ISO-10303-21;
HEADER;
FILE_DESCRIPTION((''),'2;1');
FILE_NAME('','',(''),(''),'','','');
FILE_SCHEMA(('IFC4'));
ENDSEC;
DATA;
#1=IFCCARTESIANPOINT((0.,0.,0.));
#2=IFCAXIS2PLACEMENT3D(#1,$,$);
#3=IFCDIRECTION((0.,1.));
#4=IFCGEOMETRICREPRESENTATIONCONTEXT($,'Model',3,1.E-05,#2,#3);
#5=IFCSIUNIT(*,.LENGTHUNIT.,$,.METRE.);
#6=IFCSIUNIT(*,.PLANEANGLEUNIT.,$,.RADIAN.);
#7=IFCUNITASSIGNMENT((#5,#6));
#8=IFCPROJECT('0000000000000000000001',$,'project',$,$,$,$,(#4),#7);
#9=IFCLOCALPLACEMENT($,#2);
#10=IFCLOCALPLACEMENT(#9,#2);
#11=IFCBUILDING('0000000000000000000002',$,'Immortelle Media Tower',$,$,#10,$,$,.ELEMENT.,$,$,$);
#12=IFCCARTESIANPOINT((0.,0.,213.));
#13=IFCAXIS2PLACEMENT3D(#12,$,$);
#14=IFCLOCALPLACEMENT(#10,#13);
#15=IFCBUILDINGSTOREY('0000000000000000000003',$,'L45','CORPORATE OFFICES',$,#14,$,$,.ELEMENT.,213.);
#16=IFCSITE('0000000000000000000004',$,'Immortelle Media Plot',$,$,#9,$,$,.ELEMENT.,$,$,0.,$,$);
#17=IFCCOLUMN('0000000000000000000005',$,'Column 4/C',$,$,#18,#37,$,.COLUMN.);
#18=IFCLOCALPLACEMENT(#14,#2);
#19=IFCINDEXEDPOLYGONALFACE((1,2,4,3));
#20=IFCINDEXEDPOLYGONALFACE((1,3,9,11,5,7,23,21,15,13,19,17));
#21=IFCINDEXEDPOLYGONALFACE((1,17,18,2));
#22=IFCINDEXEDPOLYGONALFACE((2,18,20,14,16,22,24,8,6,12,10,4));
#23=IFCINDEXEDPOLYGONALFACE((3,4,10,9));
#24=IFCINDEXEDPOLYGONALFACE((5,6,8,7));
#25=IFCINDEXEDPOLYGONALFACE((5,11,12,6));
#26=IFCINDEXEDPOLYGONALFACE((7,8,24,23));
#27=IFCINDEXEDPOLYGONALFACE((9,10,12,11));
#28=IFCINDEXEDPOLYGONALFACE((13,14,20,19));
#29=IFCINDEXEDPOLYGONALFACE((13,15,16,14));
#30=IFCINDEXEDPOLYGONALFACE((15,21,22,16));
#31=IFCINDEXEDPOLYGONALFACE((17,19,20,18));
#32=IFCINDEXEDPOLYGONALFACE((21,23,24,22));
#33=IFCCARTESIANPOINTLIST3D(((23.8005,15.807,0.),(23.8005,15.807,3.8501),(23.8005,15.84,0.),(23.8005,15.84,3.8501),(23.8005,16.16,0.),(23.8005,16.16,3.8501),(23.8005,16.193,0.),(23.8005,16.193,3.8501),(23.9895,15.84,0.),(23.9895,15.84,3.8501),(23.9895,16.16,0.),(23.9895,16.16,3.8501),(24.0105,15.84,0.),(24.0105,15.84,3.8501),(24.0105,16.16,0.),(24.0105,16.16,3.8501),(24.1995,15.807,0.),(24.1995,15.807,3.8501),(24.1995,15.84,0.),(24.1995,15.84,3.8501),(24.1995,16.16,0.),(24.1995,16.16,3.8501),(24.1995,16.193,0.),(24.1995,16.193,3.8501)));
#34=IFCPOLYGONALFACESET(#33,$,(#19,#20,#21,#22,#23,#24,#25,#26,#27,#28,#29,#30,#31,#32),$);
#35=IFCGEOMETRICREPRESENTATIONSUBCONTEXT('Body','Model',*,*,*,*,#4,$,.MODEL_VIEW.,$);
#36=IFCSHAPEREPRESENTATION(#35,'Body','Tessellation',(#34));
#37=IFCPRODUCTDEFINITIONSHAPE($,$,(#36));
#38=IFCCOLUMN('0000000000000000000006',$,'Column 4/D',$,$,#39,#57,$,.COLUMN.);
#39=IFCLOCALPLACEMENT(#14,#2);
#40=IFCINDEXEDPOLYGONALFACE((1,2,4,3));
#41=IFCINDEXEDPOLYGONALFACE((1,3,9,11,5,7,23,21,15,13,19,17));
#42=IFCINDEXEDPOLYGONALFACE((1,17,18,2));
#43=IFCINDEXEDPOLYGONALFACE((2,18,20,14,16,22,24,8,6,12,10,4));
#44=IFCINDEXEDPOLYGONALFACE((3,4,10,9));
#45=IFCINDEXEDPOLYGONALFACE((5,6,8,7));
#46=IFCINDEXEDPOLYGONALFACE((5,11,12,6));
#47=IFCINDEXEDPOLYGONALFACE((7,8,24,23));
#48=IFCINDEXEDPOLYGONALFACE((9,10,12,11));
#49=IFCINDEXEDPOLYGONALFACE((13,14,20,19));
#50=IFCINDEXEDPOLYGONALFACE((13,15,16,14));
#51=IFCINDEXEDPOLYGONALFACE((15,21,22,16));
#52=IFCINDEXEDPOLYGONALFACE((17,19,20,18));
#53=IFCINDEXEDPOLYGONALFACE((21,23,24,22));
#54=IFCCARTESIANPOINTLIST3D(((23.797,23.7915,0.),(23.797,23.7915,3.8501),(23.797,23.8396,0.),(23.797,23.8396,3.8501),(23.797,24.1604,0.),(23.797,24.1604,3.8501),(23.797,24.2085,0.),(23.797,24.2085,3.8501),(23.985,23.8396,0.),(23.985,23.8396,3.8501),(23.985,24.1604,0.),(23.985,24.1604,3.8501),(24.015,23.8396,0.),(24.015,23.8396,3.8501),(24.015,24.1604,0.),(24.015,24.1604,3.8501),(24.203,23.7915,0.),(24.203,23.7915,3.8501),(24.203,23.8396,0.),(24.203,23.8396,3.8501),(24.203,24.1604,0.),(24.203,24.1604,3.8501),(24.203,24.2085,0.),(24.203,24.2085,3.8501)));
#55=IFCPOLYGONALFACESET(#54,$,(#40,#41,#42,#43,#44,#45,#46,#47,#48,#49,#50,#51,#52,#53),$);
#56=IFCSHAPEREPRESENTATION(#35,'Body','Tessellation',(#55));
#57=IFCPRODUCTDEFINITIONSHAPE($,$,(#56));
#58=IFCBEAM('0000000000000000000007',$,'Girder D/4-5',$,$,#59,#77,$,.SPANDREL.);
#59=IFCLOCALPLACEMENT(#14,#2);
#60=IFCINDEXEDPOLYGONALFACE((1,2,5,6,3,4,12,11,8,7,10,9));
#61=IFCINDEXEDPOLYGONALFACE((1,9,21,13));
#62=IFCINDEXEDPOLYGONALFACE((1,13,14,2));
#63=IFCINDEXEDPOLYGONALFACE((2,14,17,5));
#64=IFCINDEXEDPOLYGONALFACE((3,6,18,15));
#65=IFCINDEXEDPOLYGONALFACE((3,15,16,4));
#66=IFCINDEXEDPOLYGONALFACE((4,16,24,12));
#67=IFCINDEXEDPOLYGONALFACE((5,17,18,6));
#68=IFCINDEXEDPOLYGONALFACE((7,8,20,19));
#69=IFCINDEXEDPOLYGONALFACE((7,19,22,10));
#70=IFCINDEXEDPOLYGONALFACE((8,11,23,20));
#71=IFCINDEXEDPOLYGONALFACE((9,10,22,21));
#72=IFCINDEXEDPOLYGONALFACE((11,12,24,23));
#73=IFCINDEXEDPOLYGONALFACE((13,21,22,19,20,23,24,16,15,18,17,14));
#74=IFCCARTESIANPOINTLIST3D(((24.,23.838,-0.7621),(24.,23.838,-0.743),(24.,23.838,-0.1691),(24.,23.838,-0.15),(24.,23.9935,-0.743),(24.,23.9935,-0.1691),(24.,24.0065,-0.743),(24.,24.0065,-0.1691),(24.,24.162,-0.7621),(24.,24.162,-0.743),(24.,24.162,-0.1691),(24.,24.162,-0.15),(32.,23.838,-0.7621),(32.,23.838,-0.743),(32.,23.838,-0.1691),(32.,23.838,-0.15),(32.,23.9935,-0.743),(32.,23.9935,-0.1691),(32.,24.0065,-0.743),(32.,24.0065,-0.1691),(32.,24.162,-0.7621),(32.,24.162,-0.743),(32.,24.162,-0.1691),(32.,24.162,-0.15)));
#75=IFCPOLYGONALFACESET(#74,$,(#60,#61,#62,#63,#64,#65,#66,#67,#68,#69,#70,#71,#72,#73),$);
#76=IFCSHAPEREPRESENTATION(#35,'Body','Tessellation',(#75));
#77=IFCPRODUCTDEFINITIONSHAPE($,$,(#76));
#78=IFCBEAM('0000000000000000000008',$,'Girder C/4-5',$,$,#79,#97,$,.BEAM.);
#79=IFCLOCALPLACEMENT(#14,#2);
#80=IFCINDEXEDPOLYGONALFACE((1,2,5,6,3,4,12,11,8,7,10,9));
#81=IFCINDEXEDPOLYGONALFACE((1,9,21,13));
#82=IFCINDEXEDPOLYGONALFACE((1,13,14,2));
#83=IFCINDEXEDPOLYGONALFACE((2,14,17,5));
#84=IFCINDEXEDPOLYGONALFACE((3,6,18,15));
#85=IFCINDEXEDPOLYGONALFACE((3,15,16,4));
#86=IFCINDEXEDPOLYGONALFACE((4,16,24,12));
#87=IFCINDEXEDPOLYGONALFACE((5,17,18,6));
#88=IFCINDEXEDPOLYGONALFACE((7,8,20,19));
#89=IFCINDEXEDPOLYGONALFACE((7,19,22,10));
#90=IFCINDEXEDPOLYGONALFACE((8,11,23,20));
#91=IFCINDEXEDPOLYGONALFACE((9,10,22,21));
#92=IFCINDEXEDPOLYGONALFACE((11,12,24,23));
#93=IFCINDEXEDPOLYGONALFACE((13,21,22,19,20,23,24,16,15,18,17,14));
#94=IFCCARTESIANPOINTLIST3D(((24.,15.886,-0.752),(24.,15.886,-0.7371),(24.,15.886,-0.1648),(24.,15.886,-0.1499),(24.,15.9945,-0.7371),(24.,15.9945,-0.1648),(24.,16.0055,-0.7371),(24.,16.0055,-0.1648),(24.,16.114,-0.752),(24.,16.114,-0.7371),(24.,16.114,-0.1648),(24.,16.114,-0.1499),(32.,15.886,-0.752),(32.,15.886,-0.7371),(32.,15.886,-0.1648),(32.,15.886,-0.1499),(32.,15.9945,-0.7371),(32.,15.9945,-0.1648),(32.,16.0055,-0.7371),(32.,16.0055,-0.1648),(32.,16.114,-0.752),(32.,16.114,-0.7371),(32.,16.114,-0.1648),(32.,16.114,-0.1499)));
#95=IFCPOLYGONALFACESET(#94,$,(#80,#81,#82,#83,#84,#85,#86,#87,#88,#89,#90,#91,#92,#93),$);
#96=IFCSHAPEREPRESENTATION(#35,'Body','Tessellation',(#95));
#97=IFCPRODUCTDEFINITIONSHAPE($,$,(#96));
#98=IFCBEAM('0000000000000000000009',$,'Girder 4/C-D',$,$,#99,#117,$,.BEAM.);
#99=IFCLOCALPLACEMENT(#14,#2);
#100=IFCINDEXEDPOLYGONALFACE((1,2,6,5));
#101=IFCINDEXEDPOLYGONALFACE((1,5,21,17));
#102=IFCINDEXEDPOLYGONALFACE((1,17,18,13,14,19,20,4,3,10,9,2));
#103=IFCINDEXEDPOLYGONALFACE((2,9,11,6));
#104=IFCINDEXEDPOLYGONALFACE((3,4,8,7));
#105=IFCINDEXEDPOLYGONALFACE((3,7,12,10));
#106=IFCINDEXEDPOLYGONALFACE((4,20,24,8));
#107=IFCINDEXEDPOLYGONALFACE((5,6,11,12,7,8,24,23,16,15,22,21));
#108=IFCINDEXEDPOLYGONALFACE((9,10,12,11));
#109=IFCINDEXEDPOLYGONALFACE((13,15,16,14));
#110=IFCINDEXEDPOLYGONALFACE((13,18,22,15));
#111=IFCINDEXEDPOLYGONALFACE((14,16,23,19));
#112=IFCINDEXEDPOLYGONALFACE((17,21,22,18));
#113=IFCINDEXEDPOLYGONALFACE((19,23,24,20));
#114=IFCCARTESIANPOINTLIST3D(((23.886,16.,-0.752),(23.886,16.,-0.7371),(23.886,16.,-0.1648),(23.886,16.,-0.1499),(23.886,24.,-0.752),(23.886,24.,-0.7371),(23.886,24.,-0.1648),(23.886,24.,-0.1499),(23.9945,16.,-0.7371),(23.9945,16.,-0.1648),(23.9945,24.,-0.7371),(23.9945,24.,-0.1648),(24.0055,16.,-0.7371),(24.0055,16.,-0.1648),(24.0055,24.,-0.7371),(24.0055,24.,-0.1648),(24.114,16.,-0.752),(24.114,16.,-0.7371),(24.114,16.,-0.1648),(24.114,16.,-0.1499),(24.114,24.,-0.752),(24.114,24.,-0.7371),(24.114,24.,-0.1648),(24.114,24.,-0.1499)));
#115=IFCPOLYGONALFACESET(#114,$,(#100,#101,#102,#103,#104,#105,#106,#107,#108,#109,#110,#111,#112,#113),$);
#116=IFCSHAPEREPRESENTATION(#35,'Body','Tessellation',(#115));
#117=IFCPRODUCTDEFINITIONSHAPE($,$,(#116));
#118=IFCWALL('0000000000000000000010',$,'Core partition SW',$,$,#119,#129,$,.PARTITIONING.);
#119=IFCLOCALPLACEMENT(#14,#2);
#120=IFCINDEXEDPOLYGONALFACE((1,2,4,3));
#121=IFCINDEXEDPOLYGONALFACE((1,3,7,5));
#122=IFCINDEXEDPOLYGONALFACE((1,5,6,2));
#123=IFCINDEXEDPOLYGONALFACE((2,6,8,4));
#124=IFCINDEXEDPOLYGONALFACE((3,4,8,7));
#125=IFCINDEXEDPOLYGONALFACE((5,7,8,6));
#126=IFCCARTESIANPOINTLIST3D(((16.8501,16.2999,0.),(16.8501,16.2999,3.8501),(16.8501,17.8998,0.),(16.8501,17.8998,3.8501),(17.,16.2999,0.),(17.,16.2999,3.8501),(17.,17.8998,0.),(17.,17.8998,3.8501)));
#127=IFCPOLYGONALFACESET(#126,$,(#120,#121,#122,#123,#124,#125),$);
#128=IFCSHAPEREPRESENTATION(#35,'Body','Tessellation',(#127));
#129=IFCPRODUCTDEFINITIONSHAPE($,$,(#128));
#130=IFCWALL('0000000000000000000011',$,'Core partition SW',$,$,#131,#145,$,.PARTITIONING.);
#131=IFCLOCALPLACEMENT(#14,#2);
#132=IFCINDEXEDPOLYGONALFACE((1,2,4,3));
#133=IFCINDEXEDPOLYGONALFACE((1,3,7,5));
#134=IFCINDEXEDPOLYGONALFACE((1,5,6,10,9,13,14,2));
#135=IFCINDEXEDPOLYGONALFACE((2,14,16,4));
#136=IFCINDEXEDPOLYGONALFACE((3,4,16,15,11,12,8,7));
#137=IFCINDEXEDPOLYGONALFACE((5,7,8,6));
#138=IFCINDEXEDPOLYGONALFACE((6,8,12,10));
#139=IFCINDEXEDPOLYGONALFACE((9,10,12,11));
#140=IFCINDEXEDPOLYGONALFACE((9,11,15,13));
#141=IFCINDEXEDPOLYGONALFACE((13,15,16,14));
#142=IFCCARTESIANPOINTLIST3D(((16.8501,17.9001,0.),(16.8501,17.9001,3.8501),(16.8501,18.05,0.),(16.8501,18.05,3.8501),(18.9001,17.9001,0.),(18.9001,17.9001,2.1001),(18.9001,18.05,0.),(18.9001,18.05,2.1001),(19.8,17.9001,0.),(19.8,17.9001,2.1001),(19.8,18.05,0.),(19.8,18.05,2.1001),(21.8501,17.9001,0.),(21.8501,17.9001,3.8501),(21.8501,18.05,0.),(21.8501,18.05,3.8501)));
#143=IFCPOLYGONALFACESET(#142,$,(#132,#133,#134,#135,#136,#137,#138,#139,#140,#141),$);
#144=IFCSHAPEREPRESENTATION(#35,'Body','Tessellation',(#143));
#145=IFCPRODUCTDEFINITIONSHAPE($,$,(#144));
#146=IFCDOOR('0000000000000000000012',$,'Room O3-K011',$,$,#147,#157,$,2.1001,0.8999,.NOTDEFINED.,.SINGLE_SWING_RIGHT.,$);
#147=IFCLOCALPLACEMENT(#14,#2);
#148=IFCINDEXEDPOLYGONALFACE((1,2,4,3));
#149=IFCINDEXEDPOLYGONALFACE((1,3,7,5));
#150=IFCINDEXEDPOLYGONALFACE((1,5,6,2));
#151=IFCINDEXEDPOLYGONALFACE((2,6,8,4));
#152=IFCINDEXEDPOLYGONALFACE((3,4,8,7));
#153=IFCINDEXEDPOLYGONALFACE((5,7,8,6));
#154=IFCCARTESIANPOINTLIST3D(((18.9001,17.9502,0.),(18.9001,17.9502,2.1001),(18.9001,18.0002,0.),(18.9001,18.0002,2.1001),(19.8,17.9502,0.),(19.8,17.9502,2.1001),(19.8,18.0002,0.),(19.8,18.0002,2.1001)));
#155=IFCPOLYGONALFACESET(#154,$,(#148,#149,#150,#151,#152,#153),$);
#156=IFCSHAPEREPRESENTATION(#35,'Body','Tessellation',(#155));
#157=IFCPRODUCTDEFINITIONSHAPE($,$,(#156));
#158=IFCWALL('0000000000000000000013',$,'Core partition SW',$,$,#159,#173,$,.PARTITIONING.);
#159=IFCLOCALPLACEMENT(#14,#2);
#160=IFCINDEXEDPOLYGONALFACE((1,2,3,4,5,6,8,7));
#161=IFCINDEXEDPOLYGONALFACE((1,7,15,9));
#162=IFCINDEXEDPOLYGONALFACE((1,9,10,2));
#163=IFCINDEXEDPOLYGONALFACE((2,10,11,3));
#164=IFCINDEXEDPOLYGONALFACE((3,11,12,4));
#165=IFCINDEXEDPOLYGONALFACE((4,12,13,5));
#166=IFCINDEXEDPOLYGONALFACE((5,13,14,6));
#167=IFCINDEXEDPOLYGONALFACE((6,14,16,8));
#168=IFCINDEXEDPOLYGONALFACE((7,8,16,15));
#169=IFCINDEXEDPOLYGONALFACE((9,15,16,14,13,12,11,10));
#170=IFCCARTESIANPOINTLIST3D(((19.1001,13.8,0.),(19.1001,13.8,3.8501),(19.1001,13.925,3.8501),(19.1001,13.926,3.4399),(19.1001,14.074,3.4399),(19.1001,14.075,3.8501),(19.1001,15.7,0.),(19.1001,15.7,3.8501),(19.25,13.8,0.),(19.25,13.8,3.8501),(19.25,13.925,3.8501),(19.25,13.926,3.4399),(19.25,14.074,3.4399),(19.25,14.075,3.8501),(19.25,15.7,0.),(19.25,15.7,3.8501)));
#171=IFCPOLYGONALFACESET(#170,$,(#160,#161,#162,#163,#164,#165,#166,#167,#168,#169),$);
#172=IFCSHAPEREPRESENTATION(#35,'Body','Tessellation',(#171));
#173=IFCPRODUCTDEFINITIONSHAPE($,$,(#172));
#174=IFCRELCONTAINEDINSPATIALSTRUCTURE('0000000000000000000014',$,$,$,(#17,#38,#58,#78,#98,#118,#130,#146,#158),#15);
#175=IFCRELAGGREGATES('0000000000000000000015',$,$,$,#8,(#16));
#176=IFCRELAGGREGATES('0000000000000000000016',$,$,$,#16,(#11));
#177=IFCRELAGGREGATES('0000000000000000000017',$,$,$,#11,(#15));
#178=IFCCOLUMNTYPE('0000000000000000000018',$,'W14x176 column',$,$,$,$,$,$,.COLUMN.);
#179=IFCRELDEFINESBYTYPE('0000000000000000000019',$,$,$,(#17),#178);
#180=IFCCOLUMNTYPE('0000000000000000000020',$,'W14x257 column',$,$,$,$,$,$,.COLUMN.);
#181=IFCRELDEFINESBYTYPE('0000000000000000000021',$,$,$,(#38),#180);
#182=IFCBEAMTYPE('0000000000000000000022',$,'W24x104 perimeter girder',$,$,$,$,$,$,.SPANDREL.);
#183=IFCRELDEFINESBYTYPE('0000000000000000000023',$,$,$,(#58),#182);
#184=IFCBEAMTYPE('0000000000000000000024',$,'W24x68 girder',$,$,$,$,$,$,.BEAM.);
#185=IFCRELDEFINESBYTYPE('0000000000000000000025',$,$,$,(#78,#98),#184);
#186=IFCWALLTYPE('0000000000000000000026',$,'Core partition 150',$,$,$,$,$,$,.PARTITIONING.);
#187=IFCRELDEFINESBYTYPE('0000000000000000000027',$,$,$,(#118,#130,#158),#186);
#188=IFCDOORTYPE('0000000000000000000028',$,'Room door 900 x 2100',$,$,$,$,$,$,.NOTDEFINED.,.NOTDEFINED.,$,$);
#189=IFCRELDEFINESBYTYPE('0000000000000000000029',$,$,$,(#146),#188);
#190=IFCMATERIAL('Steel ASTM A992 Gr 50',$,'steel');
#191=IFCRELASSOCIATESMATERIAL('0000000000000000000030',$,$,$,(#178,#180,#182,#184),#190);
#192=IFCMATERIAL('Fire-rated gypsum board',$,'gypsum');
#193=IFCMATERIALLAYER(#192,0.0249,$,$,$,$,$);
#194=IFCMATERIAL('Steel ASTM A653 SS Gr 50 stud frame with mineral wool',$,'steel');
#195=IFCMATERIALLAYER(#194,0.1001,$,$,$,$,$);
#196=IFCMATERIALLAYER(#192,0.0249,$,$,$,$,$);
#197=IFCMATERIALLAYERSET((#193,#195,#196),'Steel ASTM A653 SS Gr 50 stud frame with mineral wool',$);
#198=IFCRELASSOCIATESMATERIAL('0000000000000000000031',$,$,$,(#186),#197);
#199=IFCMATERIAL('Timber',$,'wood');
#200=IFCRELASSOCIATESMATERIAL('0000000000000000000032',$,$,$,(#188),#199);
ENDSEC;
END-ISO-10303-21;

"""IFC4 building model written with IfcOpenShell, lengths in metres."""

from ifc_helpers import new_model, si_unit, direction, frame, frame_2d, origin, origin_2d, place, context, subcontext, project, spatial, polyline, rectangle, i_section, outline, extrude, material, layer, layer_set, material_profile, profile_set, type_object, element, fill, save


model = new_model("IFC4")

# Units and contexts
model_context = context("Model", 3, precision=1e-05, world=origin(), true_north=direction((0.0, 1.0)))
body_context = subcontext(model_context, "Body", "Model", "MODEL_VIEW")
ifc_project = project(units=[si_unit("LENGTHUNIT", "METRE"), si_unit("PLANEANGLEUNIT", "RADIAN")], contexts=[model_context])

# Site, building, storey
site_placement = place(None, origin())
site = spatial("IfcSite", under=ifc_project, at=site_placement, Name="Immortelle Media Plot", CompositionType="ELEMENT", RefElevation=0.0)
building_placement = place(site_placement, origin())
building = spatial("IfcBuilding", under=site, at=building_placement, Name="Immortelle Media Tower", CompositionType="ELEMENT")
storey_placement = place(building_placement, frame((0.0, 0.0, 213.0)))
storey = spatial("IfcBuildingStorey", under=building, at=storey_placement, Name="L45", Description="CORPORATE OFFICES", CompositionType="ELEMENT", Elevation=213.0)

# Columns
ifc_material_1 = material(Name="Steel ASTM A992 Gr 50", Category="steel")
ifc_material_profile_1 = material_profile(ifc_material_1, i_section(OverallWidth=0.3989, OverallDepth=0.386, WebThickness=0.021, FlangeThickness=0.033, at=origin_2d()), Name="W14x176")
ifc_profile_set_1 = profile_set([ifc_material_profile_1], Name="Steel ASTM A992 Gr 50")
column_type_1 = type_object("IfcColumnType", Name="W14x176 column", PredefinedType="COLUMN", material=ifc_profile_set_1)
column_1_placement = place(storey_placement, frame((24.0, 16.0, 0.0), z_axis=(0.0, 0.0, 1.0), x_axis=(1.0, 0.0, 0.0)))
element("IfcColumn", 1, at=column_1_placement, inside=storey, type_object=column_type_1, Name="Column 4/C", PredefinedType="COLUMN", context=body_context, shape_type="SweptSolid", body=[
    extrude(i_section(OverallWidth=0.3989, OverallDepth=0.386, WebThickness=0.021, FlangeThickness=0.033, at=origin_2d()), origin(), (0.0, 0.0, 1.0), 3.8501),
])
ifc_material_profile_2 = material_profile(ifc_material_1, i_section(OverallWidth=0.406, OverallDepth=0.417, WebThickness=0.03, FlangeThickness=0.0481, at=origin_2d()), Name="W14x257")
ifc_profile_set_2 = profile_set([ifc_material_profile_2], Name="Steel ASTM A992 Gr 50")
column_type_2 = type_object("IfcColumnType", Name="W14x257 column", PredefinedType="COLUMN", material=ifc_profile_set_2)
column_2_placement = place(storey_placement, frame((24.0, 24.0, 0.0), z_axis=(0.0, 0.0, 1.0), x_axis=(1.0, 0.0, 0.0)))
element("IfcColumn", 2, at=column_2_placement, inside=storey, type_object=column_type_2, Name="Column 4/D", PredefinedType="COLUMN", context=body_context, shape_type="SweptSolid", body=[
    extrude(i_section(OverallWidth=0.406, OverallDepth=0.417, WebThickness=0.03, FlangeThickness=0.0481, at=origin_2d()), origin(), (0.0, 0.0, 1.0), 3.8501),
])

# Beams
ifc_material_profile_3 = material_profile(ifc_material_1, i_section(OverallWidth=0.324, OverallDepth=0.6121, WebThickness=0.0129, FlangeThickness=0.019, at=origin_2d()), Name="W24x104")
ifc_profile_set_3 = profile_set([ifc_material_profile_3], Name="Steel ASTM A992 Gr 50")
beam_type_1 = type_object("IfcBeamType", Name="W24x104 perimeter girder", PredefinedType="SPANDREL", material=ifc_profile_set_3)
beam_placement = place(storey_placement, frame((24.0, 24.0, -0.4561), z_axis=(1.0, 0.0, 0.0), x_axis=(0.0, 1.0, 0.0)))
element("IfcBeam", 3, at=beam_placement, inside=storey, type_object=beam_type_1, Name="Girder D/4-5", PredefinedType="SPANDREL", context=body_context, shape_type="SweptSolid", body=[
    extrude(i_section(OverallWidth=0.324, OverallDepth=0.6121, WebThickness=0.0129, FlangeThickness=0.019, at=origin_2d()), origin(), (0.0, 0.0, 1.0), 8.0),
])
ifc_material_profile_4 = material_profile(ifc_material_1, i_section(OverallWidth=0.228, OverallDepth=0.6021, WebThickness=0.011, FlangeThickness=0.0149, at=origin_2d()), Name="W24x68")
ifc_profile_set_4 = profile_set([ifc_material_profile_4], Name="Steel ASTM A992 Gr 50")
beam_type_2 = type_object("IfcBeamType", Name="W24x68 girder", PredefinedType="BEAM", material=ifc_profile_set_4)
for number, where, z_axis, x_axis, name in (
    (4, (24.0, 16.0, -0.4509), (1.0, 0.0, 0.0), (0.0, 1.0, 0.0), "Girder C/4-5"),
    (5, (24.0, 16.0, -0.4509), (0.0, 1.0, 0.0), (-1.0, 0.0, 0.0), "Girder 4/C-D"),
):
    element("IfcBeam", number, at=place(storey_placement, frame(where, z_axis=z_axis, x_axis=x_axis)), inside=storey, type_object=beam_type_2, Name=name, PredefinedType="BEAM", context=body_context, shape_type="SweptSolid", body=[
        extrude(i_section(OverallWidth=0.228, OverallDepth=0.6021, WebThickness=0.011, FlangeThickness=0.0149, at=origin_2d()), origin(), (0.0, 0.0, 1.0), 8.0),
    ])

# Wall
ifc_material_2 = material(Name="Fire-rated gypsum board", Category="gypsum")
ifc_layer_1 = layer(ifc_material_2, 0.0249)
ifc_material_3 = material(Name="Steel ASTM A653 SS Gr 50 stud frame with mineral wool", Category="steel")
ifc_layer_2 = layer(ifc_material_3, 0.1001)
ifc_layer_3 = layer(ifc_material_2, 0.0249)
ifc_layer_set_1 = layer_set([ifc_layer_1, ifc_layer_2, ifc_layer_3], Name="Steel ASTM A653 SS Gr 50 stud frame with mineral wool")
wall_type_1 = type_object("IfcWallType", Name="Core partition 150", PredefinedType="PARTITIONING", material=ifc_layer_set_1)
wall_1_placement = place(storey_placement, frame((16.925, 16.3, 0.0), z_axis=(0.0, 0.0, 1.0), x_axis=(0.0, 1.0, 0.0)))
element("IfcWall", 6, at=wall_1_placement, inside=storey, type_object=wall_type_1, Name="Core partition SW", PredefinedType="PARTITIONING", context=body_context, shape_type="SweptSolid", body=[
    extrude(rectangle(XDim=1.5999, YDim=0.1499, at=frame_2d((0.7998, 0.0))), origin(), (0.0, 0.0, 1.0), 3.8501),
])

# Wall, opening, door
wall_2_placement = place(storey_placement, frame((16.8501, 17.9751, 0.0), z_axis=(0.0, 0.0, 1.0), x_axis=(1.0, 0.0, 0.0)))
wall_2 = element("IfcWall", 7, at=wall_2_placement, inside=storey, type_object=wall_type_1, Name="Core partition SW", PredefinedType="PARTITIONING", context=body_context, shape_type="SweptSolid", body=[
    extrude(rectangle(XDim=5.0, YDim=0.1499, at=frame_2d((2.5, 0.0))), origin(), (0.0, 0.0, 1.0), 3.8501),
])
opening_1_placement = place(wall_2_placement, frame((2.95, 0.0, 0.0), z_axis=(0.0, 0.0, 1.0), x_axis=(-1.0, 0.0, 0.0)))
opening_1 = element("IfcOpeningElement", 8, at=opening_1_placement, cuts=wall_2, PredefinedType="OPENING", context=body_context, shape_type="SweptSolid", body=[
    extrude(rectangle(XDim=0.8999, YDim=2.1001, at=frame_2d((0.45, 1.05))), frame((0.0, 0.085, 0.0), z_axis=(0.0, -1.0, 0.0), x_axis=(1.0, 0.0, 0.0)), (0.0, 0.0, 1.0), 0.1699),
])
ifc_material_4 = material(Name="Timber", Category="wood")
door_type_1 = type_object("IfcDoorType", Name="Room door 900 x 2100", OperationType="NOTDEFINED", PredefinedType="NOTDEFINED", material=ifc_material_4)
door_1_placement = place(opening_1_placement, origin())
door_1 = element("IfcDoor", 9, at=door_1_placement, inside=storey, type_object=door_type_1, Name="Room O3-K011", OperationType="SINGLE_SWING_RIGHT", OverallHeight=2.1001, OverallWidth=0.8999, PredefinedType="NOTDEFINED", context=body_context, shape_type="SweptSolid", body=[
    extrude(rectangle(XDim=0.8999, YDim=2.1001, at=frame_2d((0.45, 1.05))), frame((0.0, 0.0249, 0.0), z_axis=(0.0, -1.0, 0.0), x_axis=(1.0, 0.0, 0.0)), (0.0, 0.0, 1.0), 0.05),
])
fill(opening_1, door_1)

# Wall
wall_3_placement = place(storey_placement, frame((19.175, 13.8, 0.0), z_axis=(0.0, 0.0, 1.0), x_axis=(0.0, 1.0, 0.0)))
element("IfcWall", 10, at=wall_3_placement, inside=storey, type_object=wall_type_1, Name="Core partition SW", PredefinedType="PARTITIONING", context=body_context, shape_type="SweptSolid", body=[
    extrude(outline(polyline([(0.0, 0.0), (1.8999, 0.0), (1.8999, 3.8501), (0.2749, 3.8501), (0.2739, 3.4399), (0.126, 3.4399), (0.125, 3.8501), (0.0, 3.8501), (0.0, 0.0)])), frame((0.0, 0.075, 0.0), z_axis=(0.0, -1.0, 0.0), x_axis=(1.0, 0.0, 0.0)), (0.0, 0.0, 1.0), 0.1499),
])

save(model, "model.ifc")
